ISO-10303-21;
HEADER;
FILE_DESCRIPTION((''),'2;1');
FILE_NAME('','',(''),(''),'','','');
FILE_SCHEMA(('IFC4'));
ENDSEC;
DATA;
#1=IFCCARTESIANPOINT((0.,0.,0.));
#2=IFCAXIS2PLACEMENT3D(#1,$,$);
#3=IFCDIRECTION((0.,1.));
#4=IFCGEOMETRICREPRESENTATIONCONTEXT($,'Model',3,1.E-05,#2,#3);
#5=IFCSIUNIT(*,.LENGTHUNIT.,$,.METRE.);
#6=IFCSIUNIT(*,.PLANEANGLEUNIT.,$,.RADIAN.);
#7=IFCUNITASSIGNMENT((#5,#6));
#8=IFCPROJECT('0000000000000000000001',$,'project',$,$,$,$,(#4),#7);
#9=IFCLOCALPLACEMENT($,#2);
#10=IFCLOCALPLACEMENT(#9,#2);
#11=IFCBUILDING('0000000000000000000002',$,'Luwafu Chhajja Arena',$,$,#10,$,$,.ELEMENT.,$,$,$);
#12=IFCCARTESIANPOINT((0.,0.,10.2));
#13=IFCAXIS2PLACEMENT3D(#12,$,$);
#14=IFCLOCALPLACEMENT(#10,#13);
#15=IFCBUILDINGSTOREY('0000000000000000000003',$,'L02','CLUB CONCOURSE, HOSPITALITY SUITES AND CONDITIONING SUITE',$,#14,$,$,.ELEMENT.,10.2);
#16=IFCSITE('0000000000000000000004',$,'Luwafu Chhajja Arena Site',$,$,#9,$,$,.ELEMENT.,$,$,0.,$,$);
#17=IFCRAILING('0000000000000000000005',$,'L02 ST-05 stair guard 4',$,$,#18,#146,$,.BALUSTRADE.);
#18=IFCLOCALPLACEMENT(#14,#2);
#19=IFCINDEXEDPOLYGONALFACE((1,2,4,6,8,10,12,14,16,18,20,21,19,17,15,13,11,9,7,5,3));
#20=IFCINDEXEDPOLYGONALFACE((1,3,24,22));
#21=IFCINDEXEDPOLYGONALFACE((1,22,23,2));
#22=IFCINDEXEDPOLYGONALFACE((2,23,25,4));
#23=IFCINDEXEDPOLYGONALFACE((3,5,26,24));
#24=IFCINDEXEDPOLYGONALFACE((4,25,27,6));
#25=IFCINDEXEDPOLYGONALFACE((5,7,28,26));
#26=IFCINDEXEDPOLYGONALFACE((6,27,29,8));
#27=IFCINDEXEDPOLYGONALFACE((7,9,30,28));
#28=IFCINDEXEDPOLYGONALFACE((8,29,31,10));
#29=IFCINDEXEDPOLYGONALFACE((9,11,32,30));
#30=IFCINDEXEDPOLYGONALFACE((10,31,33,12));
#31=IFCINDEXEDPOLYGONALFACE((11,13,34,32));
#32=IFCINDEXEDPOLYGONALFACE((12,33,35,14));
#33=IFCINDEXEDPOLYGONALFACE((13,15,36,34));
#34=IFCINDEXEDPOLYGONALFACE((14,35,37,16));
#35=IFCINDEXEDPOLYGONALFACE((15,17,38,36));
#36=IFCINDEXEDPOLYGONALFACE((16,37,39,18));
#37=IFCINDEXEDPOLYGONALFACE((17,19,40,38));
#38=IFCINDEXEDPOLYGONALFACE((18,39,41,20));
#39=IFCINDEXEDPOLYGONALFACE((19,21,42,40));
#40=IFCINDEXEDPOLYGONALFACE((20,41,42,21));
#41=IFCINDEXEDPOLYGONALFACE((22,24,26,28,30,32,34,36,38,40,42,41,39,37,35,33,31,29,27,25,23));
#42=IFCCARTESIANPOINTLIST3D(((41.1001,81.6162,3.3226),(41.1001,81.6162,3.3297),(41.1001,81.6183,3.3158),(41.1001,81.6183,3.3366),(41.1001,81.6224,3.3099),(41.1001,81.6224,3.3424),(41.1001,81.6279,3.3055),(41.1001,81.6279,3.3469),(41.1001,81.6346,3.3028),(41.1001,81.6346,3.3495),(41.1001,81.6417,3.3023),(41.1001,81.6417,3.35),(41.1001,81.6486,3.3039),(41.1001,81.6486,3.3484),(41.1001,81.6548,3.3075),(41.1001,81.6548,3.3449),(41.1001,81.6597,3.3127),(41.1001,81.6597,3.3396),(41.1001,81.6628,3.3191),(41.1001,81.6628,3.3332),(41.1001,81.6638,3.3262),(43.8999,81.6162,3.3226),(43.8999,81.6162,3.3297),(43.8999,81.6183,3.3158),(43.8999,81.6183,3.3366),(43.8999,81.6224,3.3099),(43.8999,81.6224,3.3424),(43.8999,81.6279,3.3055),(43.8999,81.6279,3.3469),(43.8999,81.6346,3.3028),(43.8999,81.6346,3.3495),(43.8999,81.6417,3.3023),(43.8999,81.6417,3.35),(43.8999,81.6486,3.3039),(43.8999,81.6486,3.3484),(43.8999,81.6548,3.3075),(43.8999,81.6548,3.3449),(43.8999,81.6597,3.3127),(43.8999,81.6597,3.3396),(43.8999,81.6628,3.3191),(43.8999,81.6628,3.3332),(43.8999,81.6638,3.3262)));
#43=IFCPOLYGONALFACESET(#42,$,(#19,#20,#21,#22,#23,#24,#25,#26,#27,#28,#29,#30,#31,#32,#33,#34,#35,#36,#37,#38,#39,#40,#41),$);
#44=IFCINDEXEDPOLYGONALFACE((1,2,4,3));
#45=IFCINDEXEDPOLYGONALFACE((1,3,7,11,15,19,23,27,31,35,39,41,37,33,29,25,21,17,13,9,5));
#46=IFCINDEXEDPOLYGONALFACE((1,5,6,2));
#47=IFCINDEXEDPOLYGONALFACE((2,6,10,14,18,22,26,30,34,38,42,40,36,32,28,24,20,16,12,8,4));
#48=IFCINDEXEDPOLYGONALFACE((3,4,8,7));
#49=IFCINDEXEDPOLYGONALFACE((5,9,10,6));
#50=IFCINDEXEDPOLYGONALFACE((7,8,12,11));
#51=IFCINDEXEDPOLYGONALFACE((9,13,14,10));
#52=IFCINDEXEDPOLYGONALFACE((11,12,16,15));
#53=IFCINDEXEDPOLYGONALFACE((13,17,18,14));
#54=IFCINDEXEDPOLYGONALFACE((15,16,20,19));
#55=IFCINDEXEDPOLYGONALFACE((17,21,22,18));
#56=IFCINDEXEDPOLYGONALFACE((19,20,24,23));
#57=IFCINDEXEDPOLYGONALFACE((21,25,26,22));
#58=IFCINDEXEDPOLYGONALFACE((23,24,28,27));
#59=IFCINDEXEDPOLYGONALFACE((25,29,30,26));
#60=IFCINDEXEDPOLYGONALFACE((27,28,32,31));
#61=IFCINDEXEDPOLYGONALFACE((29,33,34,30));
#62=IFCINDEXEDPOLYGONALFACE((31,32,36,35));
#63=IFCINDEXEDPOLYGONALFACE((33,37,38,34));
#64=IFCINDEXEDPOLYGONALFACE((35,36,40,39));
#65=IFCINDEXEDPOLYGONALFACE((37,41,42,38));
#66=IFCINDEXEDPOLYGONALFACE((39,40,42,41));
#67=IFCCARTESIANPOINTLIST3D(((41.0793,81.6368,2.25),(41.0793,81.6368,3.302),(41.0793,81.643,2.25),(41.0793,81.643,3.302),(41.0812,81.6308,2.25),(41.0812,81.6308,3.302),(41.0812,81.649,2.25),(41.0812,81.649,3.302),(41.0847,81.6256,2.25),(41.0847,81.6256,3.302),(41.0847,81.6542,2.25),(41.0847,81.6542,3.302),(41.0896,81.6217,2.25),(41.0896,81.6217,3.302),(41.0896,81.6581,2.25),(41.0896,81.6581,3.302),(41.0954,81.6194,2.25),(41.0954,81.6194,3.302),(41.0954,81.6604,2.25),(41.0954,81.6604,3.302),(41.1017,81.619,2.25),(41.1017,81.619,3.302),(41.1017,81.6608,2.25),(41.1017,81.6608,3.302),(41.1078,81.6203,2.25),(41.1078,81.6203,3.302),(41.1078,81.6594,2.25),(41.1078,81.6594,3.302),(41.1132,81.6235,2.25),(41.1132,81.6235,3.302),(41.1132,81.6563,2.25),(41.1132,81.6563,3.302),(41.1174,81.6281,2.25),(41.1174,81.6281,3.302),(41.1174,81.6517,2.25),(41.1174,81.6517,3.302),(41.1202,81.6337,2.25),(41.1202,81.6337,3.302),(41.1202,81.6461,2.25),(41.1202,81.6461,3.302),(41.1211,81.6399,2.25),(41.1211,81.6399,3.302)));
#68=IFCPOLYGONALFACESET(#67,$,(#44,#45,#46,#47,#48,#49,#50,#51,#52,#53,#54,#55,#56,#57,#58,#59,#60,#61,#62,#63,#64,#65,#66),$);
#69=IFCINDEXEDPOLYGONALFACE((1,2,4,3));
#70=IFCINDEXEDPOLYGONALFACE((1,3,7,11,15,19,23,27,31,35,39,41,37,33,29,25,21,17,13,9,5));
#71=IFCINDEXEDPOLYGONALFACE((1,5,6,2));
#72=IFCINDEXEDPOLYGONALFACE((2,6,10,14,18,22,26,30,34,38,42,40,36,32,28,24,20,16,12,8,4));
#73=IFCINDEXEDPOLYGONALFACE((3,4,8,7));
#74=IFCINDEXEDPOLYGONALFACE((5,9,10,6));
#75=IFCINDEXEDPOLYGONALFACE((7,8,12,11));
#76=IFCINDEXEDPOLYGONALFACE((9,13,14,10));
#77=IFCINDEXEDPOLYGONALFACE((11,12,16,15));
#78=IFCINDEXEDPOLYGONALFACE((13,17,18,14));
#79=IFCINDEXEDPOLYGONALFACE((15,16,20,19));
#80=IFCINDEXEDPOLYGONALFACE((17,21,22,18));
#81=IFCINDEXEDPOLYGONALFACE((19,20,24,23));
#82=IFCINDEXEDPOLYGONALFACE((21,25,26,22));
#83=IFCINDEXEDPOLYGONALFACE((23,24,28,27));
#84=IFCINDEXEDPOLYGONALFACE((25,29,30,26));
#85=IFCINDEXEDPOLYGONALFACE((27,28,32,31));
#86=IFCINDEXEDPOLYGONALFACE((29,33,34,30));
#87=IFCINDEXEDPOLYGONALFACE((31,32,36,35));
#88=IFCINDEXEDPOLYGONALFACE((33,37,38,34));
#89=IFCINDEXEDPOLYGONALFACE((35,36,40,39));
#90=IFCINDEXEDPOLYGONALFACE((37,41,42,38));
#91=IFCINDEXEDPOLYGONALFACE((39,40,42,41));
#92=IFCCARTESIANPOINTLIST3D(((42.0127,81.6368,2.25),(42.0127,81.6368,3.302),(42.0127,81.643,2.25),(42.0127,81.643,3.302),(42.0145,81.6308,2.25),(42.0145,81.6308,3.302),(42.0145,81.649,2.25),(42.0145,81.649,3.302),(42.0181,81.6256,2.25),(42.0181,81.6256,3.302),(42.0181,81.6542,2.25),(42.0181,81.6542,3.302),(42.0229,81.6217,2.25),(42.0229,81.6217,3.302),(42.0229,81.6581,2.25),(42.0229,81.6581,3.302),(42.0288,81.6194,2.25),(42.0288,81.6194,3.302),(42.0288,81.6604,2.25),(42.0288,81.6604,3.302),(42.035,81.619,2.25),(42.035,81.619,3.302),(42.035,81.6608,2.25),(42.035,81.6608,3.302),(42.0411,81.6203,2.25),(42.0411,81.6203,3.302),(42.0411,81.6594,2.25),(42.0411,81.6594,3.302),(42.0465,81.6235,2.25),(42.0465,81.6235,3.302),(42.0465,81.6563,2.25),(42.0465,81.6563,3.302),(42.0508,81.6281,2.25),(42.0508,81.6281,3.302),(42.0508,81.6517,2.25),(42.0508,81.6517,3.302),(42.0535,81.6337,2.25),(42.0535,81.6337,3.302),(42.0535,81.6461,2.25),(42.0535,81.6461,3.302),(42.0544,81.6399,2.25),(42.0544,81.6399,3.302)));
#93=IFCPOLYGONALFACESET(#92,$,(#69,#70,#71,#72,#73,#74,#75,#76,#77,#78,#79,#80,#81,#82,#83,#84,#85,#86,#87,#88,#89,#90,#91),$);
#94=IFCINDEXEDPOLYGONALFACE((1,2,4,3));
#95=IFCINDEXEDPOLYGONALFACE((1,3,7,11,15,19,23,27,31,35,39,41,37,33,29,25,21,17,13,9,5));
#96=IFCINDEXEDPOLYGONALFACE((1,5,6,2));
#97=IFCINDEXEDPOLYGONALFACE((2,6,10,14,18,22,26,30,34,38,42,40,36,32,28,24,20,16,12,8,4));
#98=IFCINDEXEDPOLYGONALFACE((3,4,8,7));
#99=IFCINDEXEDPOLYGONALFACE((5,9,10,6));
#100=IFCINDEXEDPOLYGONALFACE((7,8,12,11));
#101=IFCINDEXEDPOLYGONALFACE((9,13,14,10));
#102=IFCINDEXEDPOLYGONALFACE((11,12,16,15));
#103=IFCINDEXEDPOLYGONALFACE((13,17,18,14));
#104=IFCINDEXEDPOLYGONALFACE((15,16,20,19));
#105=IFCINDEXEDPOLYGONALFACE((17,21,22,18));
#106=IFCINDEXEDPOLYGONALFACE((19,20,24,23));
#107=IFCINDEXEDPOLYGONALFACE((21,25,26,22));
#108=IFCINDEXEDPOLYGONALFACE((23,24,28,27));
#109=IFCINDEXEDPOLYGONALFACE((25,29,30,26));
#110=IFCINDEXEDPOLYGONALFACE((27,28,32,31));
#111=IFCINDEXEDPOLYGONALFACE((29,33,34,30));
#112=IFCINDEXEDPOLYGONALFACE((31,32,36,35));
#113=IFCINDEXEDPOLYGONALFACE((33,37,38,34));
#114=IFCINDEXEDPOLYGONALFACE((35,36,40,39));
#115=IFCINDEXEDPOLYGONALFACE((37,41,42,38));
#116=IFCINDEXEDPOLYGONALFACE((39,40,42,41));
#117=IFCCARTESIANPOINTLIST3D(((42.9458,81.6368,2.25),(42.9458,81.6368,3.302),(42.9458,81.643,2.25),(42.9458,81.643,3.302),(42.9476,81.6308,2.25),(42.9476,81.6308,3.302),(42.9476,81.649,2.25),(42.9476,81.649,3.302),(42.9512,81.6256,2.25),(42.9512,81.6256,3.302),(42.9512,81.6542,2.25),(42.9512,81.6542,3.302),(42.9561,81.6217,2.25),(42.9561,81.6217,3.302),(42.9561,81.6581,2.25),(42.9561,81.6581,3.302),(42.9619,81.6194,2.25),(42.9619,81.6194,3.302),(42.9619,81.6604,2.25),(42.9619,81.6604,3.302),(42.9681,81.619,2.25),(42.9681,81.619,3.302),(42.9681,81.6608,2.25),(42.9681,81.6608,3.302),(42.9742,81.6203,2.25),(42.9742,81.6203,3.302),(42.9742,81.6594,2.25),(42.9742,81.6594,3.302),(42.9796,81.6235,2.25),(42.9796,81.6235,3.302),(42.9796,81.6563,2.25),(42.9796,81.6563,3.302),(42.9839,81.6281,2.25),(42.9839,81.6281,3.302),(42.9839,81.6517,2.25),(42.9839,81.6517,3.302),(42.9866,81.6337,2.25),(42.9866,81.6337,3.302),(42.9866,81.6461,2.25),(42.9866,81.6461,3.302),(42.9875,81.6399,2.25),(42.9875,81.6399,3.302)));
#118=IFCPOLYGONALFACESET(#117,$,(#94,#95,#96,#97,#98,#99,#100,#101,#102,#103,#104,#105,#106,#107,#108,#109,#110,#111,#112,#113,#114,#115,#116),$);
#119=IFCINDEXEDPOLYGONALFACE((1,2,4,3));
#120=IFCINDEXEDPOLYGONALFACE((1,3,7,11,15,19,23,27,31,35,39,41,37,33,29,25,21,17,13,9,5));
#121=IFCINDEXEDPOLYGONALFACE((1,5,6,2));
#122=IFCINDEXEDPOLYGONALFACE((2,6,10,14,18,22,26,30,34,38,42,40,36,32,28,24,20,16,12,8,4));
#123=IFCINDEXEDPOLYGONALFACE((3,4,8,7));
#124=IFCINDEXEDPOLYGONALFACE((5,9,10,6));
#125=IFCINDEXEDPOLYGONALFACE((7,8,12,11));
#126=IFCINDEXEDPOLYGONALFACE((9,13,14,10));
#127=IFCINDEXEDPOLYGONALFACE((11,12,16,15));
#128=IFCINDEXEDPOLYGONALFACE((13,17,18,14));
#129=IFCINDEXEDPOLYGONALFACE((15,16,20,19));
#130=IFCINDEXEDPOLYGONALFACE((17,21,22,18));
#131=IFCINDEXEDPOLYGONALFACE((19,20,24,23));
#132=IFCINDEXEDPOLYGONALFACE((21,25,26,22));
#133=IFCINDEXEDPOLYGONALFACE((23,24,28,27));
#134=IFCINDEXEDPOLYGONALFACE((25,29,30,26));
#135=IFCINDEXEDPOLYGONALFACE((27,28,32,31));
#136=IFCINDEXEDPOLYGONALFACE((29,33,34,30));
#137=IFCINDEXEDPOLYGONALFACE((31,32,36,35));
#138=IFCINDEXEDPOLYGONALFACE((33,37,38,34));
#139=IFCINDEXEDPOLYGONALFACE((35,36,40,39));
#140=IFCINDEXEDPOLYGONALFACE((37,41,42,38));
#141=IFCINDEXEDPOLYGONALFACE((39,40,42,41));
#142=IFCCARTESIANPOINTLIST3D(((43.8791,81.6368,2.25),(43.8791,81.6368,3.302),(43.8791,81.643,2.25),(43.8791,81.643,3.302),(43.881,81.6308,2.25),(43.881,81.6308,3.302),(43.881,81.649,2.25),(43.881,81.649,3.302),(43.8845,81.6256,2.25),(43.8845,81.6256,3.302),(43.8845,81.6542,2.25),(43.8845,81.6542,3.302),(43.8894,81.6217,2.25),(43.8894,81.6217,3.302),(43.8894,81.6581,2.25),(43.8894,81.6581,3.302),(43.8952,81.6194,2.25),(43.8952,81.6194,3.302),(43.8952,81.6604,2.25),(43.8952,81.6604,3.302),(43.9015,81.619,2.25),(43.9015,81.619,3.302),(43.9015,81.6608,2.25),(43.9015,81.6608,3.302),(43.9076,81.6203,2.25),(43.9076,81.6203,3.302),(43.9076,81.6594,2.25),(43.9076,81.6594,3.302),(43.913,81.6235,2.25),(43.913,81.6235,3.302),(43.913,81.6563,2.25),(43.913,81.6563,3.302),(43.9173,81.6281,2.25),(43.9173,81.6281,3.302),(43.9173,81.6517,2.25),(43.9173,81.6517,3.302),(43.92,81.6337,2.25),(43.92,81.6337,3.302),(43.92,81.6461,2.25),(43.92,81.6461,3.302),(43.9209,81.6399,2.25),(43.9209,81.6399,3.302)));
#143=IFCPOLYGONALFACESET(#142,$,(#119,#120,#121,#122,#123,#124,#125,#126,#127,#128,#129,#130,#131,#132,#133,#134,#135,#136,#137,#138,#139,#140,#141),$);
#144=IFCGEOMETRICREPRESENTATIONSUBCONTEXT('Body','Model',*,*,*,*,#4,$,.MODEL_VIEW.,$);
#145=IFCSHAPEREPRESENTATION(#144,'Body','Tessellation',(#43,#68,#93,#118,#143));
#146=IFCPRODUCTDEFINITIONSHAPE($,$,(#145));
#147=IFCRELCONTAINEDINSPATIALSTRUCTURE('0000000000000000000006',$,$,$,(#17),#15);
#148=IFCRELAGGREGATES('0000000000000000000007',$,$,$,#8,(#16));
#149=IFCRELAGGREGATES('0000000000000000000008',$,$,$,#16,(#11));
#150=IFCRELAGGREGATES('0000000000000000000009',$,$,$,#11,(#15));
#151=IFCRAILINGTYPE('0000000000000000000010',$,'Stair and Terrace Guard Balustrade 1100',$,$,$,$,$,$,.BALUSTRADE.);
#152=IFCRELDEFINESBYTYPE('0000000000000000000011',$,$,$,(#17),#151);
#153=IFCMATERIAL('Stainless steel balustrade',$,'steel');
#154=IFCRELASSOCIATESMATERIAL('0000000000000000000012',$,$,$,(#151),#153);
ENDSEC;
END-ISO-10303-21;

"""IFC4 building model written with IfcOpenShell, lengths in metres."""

from ifc_helpers import new_model, si_unit, direction, frame, origin, origin_2d, place, context, subcontext, project, spatial, circle, extrude, material, type_object, element, save


model = new_model("IFC4")

# Units and contexts
model_context = context("Model", 3, precision=1e-05, world=origin(), true_north=direction((0.0, 1.0)))
body_context = subcontext(model_context, "Body", "Model", "MODEL_VIEW")
ifc_project = project(units=[si_unit("LENGTHUNIT", "METRE"), si_unit("PLANEANGLEUNIT", "RADIAN")], contexts=[model_context])

# Site, building, storey
site_placement = place(None, origin())
site = spatial("IfcSite", under=ifc_project, at=site_placement, Name="Luwafu Chhajja Arena Site", CompositionType="ELEMENT", RefElevation=0.0)
building_placement = place(site_placement, origin())
building = spatial("IfcBuilding", under=site, at=building_placement, Name="Luwafu Chhajja Arena", CompositionType="ELEMENT")
storey_placement = place(building_placement, frame((0.0, 0.0, 10.2)))
storey = spatial("IfcBuildingStorey", under=building, at=storey_placement, Name="L02", Description="CLUB CONCOURSE, HOSPITALITY SUITES AND CONDITIONING SUITE", CompositionType="ELEMENT", Elevation=10.2)

# Railing
ifc_material_1 = material(Name="Stainless steel balustrade", Category="steel")
railing_type_1 = type_object("IfcRailingType", Name="Stair and Terrace Guard Balustrade 1100", PredefinedType="BALUSTRADE", material=ifc_material_1)
for number, where, name in (
    (1, (41.1001, 81.6399, 2.25), "L02 ST-05 stair guard 4"),
):
    element("IfcRailing", number, at=place(storey_placement, frame(where)), inside=storey, type_object=railing_type_1, Name=name, PredefinedType="BALUSTRADE", context=body_context, shape_type="SweptSolid", body=[
        extrude(circle(Radius=0.0239, at=origin_2d()), frame((0.0, 0.0, 1.0762), z_axis=(1.0, 0.0, 0.0), x_axis=(0.0, 1.0, 0.0)), (0.0, 0.0, 1.0), 2.7998),
        extrude(circle(Radius=0.021, at=origin_2d()), origin(), (0.0, 0.0, 1.0), 1.052),
        extrude(circle(Radius=0.021, at=origin_2d()), frame((0.9333, 0.0, 0.0)), (0.0, 0.0, 1.0), 1.052),
        extrude(circle(Radius=0.021, at=origin_2d()), frame((1.8665, 0.0, 0.0)), (0.0, 0.0, 1.0), 1.052),
        extrude(circle(Radius=0.021, at=origin_2d()), frame((2.7998, 0.0, 0.0)), (0.0, 0.0, 1.0), 1.052),
    ])

save(model, "model.ifc")
